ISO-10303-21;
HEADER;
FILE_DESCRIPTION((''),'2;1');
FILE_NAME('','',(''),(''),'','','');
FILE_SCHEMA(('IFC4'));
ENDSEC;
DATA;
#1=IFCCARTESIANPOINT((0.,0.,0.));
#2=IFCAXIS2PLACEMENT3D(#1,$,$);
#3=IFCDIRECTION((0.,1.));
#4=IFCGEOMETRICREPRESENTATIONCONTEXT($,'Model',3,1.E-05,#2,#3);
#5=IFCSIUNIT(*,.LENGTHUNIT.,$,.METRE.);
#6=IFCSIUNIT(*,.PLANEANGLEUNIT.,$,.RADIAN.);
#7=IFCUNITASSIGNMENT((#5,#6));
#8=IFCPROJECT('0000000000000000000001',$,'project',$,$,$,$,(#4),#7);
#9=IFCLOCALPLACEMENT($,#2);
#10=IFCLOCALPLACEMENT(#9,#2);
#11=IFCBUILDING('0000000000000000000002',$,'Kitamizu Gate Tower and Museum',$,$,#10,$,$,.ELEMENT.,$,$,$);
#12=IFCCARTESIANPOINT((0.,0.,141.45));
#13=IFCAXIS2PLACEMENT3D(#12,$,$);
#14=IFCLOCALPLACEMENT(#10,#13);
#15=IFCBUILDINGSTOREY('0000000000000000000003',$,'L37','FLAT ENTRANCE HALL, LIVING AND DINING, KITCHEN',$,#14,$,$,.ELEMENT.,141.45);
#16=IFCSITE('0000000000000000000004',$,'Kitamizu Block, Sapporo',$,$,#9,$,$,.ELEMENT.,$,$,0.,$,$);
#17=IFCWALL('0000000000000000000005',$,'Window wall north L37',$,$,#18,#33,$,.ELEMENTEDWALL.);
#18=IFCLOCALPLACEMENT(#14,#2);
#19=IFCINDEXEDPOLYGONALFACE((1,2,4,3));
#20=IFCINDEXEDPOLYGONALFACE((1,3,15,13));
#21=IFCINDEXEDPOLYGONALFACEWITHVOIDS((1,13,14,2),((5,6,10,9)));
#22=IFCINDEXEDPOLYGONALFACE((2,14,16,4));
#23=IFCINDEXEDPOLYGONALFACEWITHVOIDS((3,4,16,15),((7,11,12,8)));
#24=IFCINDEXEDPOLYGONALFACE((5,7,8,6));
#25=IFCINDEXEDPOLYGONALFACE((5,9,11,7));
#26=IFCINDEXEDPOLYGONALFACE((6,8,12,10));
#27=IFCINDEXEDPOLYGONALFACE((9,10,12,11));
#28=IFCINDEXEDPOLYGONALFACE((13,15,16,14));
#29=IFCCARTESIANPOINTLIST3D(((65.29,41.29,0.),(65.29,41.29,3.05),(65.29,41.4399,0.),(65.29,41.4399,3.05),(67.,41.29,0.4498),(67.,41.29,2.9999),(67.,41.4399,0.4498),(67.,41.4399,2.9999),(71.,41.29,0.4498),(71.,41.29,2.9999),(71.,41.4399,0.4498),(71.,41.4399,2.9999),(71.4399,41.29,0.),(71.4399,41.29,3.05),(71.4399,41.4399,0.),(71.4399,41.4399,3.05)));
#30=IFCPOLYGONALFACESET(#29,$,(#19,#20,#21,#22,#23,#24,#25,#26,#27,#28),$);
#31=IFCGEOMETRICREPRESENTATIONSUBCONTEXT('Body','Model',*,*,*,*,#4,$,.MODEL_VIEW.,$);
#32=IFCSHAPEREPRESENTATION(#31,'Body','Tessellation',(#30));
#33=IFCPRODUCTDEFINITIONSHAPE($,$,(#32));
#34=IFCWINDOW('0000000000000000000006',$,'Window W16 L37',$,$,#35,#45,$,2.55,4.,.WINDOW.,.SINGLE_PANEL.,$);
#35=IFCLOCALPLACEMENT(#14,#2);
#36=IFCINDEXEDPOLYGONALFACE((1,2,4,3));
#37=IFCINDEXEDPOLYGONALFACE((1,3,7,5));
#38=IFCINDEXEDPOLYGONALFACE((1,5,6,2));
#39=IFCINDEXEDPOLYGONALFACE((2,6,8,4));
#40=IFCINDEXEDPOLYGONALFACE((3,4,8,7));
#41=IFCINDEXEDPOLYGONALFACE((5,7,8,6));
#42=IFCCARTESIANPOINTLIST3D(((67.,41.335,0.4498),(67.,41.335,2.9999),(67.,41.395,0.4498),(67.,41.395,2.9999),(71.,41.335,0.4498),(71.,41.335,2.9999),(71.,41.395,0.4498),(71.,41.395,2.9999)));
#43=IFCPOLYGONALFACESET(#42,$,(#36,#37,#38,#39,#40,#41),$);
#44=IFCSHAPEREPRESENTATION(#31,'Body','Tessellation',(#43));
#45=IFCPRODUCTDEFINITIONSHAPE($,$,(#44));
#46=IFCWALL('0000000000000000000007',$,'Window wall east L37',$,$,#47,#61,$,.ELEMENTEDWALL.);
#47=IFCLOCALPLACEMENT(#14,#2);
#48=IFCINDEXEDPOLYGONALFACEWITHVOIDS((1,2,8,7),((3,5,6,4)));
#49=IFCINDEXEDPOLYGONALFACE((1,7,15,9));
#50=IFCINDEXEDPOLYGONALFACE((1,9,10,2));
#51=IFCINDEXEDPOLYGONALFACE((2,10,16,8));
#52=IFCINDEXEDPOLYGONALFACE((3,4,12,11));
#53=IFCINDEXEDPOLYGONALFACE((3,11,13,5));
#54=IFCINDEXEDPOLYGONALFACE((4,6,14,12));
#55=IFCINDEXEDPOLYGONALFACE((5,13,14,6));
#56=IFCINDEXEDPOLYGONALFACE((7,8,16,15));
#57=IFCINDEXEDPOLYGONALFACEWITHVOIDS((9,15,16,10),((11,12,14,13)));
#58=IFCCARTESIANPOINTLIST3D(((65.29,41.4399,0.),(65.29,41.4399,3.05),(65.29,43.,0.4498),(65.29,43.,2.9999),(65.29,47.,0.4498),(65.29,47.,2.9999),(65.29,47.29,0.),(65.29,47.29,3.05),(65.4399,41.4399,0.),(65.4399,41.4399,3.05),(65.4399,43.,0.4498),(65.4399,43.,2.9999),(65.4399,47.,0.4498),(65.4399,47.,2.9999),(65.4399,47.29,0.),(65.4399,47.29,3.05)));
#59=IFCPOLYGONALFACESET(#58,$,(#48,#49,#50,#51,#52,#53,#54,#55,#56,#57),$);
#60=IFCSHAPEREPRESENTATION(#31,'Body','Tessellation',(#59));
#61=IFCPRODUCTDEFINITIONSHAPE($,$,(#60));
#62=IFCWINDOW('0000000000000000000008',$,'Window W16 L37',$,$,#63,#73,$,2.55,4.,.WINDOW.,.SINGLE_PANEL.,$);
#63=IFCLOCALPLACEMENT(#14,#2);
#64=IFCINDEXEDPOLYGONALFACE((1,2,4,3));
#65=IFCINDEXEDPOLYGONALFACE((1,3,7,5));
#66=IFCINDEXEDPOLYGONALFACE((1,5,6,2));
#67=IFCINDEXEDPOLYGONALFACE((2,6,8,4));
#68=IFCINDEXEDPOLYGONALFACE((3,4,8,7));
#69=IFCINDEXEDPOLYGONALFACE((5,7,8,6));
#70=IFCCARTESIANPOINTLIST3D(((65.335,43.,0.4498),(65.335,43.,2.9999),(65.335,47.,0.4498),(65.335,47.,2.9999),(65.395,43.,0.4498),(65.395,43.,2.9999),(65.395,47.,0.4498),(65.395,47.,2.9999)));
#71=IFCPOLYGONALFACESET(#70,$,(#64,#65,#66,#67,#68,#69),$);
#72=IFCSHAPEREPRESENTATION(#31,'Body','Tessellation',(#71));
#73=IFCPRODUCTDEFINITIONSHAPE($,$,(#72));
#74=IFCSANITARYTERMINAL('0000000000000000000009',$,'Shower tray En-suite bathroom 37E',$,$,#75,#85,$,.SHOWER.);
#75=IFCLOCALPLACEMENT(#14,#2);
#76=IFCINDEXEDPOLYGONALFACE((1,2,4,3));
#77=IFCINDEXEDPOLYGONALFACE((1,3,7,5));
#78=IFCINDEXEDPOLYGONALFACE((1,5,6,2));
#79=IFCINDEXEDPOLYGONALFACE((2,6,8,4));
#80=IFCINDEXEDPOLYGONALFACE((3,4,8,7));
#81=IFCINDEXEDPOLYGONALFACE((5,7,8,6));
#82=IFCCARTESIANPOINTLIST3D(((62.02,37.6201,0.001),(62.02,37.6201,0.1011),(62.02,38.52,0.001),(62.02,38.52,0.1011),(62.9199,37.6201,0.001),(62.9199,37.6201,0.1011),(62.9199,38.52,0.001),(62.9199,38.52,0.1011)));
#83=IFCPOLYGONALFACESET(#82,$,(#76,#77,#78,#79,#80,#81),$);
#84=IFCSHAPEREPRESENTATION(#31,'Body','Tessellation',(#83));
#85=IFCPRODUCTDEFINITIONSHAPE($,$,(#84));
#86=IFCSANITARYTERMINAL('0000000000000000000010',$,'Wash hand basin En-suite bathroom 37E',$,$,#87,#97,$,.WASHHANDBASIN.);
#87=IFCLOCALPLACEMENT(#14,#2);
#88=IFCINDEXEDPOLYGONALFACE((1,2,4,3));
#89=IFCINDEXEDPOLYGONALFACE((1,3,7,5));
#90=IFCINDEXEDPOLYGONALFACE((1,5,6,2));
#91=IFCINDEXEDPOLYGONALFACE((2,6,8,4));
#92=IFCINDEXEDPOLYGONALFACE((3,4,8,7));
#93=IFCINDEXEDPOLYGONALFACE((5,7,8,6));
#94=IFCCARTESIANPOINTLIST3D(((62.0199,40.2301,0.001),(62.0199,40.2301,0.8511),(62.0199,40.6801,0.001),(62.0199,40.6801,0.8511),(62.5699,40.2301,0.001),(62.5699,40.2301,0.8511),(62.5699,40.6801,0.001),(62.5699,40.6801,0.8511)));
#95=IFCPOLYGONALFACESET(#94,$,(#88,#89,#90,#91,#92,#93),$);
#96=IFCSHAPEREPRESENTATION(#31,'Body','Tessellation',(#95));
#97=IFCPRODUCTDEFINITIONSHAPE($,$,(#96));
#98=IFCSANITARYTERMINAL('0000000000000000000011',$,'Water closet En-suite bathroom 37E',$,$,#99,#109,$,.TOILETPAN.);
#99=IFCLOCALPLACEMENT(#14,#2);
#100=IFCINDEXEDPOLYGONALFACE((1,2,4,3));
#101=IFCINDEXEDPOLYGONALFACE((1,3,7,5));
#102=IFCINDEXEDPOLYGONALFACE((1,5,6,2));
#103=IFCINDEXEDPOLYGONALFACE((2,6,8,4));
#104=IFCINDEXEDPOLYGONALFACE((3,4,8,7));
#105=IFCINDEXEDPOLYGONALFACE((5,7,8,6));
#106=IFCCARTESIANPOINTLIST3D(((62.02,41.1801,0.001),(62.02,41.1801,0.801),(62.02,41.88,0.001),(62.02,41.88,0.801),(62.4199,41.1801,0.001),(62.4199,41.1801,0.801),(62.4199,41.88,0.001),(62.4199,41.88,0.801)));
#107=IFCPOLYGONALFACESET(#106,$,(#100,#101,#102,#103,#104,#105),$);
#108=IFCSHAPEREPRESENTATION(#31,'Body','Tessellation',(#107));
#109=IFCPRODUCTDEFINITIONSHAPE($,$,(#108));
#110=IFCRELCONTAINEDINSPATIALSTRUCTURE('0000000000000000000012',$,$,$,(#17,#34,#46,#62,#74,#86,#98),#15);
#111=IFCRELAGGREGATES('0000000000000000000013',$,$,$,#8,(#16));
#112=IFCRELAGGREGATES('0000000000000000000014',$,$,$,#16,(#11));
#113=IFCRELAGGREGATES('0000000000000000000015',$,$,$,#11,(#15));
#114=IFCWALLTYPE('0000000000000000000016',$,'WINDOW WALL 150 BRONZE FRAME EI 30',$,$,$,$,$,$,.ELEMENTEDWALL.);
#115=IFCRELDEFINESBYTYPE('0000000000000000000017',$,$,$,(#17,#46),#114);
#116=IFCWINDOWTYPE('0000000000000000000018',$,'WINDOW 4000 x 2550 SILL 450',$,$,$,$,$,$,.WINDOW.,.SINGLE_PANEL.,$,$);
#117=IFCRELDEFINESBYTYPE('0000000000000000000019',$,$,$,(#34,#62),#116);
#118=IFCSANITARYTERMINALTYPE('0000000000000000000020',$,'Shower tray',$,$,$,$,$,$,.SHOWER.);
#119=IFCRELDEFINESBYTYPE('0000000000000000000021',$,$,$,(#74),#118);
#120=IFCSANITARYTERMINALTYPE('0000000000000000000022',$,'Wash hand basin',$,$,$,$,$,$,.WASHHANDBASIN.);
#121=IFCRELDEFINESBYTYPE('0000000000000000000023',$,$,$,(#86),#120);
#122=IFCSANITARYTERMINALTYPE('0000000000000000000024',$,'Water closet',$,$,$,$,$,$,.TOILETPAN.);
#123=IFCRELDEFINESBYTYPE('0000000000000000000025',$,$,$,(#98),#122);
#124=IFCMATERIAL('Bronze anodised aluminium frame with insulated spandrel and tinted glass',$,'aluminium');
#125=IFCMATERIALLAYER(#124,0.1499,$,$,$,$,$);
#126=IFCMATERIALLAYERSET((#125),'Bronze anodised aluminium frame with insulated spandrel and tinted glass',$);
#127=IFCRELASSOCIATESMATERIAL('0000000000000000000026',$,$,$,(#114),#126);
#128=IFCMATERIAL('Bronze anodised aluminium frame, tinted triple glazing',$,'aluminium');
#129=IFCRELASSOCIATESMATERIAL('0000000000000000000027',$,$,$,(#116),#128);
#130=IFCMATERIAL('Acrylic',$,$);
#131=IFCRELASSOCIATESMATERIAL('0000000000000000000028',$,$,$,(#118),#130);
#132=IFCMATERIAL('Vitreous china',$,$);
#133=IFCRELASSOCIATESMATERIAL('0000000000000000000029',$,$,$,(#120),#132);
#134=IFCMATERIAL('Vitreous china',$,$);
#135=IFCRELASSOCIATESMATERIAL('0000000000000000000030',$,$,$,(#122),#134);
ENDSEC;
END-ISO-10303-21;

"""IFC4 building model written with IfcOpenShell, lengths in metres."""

from ifc_helpers import new_model, si_unit, direction, frame, frame_2d, origin, origin_2d, place, context, subcontext, project, spatial, rectangle, extrude, material, layer, layer_set, type_object, element, fill, save


model = new_model("IFC4")

# Units and contexts
model_context = context("Model", 3, precision=1e-05, world=origin(), true_north=direction((0.0, 1.0)))
body_context = subcontext(model_context, "Body", "Model", "MODEL_VIEW")
ifc_project = project(units=[si_unit("LENGTHUNIT", "METRE"), si_unit("PLANEANGLEUNIT", "RADIAN")], contexts=[model_context])

# Site, building, storey
site_placement = place(None, origin())
site = spatial("IfcSite", under=ifc_project, at=site_placement, Name="Kitamizu Block, Sapporo", CompositionType="ELEMENT", RefElevation=0.0)
building_placement = place(site_placement, origin())
building = spatial("IfcBuilding", under=site, at=building_placement, Name="Kitamizu Gate Tower and Museum", CompositionType="ELEMENT")
storey_placement = place(building_placement, frame((0.0, 0.0, 141.45)))
storey = spatial("IfcBuildingStorey", under=building, at=storey_placement, Name="L37", Description="FLAT ENTRANCE HALL, LIVING AND DINING, KITCHEN", CompositionType="ELEMENT", Elevation=141.45)

# Walls, openings, windows
ifc_material_1 = material(Name="Bronze anodised aluminium frame with insulated spandrel and tinted glass", Category="aluminium")
ifc_layer_1 = layer(ifc_material_1, 0.1499)
ifc_layer_set_1 = layer_set([ifc_layer_1], Name="Bronze anodised aluminium frame with insulated spandrel and tinted glass")
wall_type_1 = type_object("IfcWallType", Name="WINDOW WALL 150 BRONZE FRAME EI 30", PredefinedType="ELEMENTEDWALL", material=ifc_layer_set_1)
wall_1_placement = place(storey_placement, frame((65.29, 41.365, 0.0), z_axis=(0.0, 0.0, 1.0), x_axis=(1.0, 0.0, 0.0)))
wall_1 = element("IfcWall", 1, at=wall_1_placement, inside=storey, type_object=wall_type_1, Name="Window wall north L37", PredefinedType="ELEMENTEDWALL", context=body_context, shape_type="SweptSolid", body=[
    extrude(rectangle(XDim=6.1499, YDim=0.1499, at=frame_2d((3.075, 0.0))), origin(), (0.0, 0.0, 1.0), 3.05),
])
opening_1_placement = place(wall_1_placement, frame((1.71, 0.0, 0.45)))
opening_1 = element("IfcOpeningElement", 2, at=opening_1_placement, cuts=wall_1, PredefinedType="OPENING", context=body_context, shape_type="SweptSolid", body=[
    extrude(rectangle(XDim=4.0, YDim=2.55, at=frame_2d((2.0, 1.2749))), frame((0.0, 0.085, 0.0), z_axis=(0.0, -1.0, 0.0), x_axis=(1.0, 0.0, 0.0)), (0.0, 0.0, 1.0), 0.1699),
])
ifc_material_2 = material(Name="Bronze anodised aluminium frame, tinted triple glazing", Category="aluminium")
window_type = type_object("IfcWindowType", Name="WINDOW 4000 x 2550 SILL 450", PartitioningType="SINGLE_PANEL", PredefinedType="WINDOW", material=ifc_material_2)
window_1_placement = place(opening_1_placement, origin())
window_1 = element("IfcWindow", 3, at=window_1_placement, inside=storey, type_object=window_type, Name="Window W16 L37", OverallHeight=2.55, OverallWidth=4.0, PartitioningType="SINGLE_PANEL", PredefinedType="WINDOW", context=body_context, shape_type="SweptSolid", body=[
    extrude(rectangle(XDim=4.0, YDim=2.55, at=frame_2d((2.0, 1.2749))), frame((0.0, 0.03, 0.0), z_axis=(0.0, -1.0, 0.0), x_axis=(1.0, 0.0, 0.0)), (0.0, 0.0, 1.0), 0.0601),
])
fill(opening_1, window_1)
wall_2_placement = place(storey_placement, frame((65.365, 41.4399, 0.0), z_axis=(0.0, 0.0, 1.0), x_axis=(0.0, 1.0, 0.0)))
wall_2 = element("IfcWall", 4, at=wall_2_placement, inside=storey, type_object=wall_type_1, Name="Window wall east L37", PredefinedType="ELEMENTEDWALL", context=body_context, shape_type="SweptSolid", body=[
    extrude(rectangle(XDim=5.8501, YDim=0.1499, at=frame_2d((2.925, 0.0))), origin(), (0.0, 0.0, 1.0), 3.05),
])
opening_2_placement = place(wall_2_placement, frame((1.5601, 0.0, 0.45)))
opening_2 = element("IfcOpeningElement", 5, at=opening_2_placement, cuts=wall_2, PredefinedType="OPENING", context=body_context, shape_type="SweptSolid", body=[
    extrude(rectangle(XDim=4.0, YDim=2.55, at=frame_2d((2.0, 1.2749))), frame((0.0, 0.085, 0.0), z_axis=(0.0, -1.0, 0.0), x_axis=(1.0, 0.0, 0.0)), (0.0, 0.0, 1.0), 0.1699),
])
window_2_placement = place(opening_2_placement, origin())
window_2 = element("IfcWindow", 6, at=window_2_placement, inside=storey, type_object=window_type, Name="Window W16 L37", OverallHeight=2.55, OverallWidth=4.0, PartitioningType="SINGLE_PANEL", PredefinedType="WINDOW", context=body_context, shape_type="SweptSolid", body=[
    extrude(rectangle(XDim=4.0, YDim=2.55, at=frame_2d((2.0, 1.2749))), frame((0.0, 0.03, 0.0), z_axis=(0.0, -1.0, 0.0), x_axis=(1.0, 0.0, 0.0)), (0.0, 0.0, 1.0), 0.0601),
])
fill(opening_2, window_2)

# Sanitary terminals
ifc_material_3 = material(Name="Acrylic")
sanitary_terminal_type_1 = type_object("IfcSanitaryTerminalType", Name="Shower tray", PredefinedType="SHOWER", material=ifc_material_3)
sanitary_terminal_1_placement = place(storey_placement, frame((62.47, 38.0701, 0.001), z_axis=(0.0, 0.0, 1.0), x_axis=(1.0, 0.0, 0.0)))
element("IfcSanitaryTerminal", 7, at=sanitary_terminal_1_placement, inside=storey, type_object=sanitary_terminal_type_1, Name="Shower tray En-suite bathroom 37E", PredefinedType="SHOWER", context=body_context, shape_type="SweptSolid", body=[
    extrude(rectangle(XDim=0.8999, YDim=0.8999, at=origin_2d()), origin(), (0.0, 0.0, 1.0), 0.1001),
])
ifc_material_4 = material(Name="Vitreous china")
sanitary_terminal_type_2 = type_object("IfcSanitaryTerminalType", Name="Wash hand basin", PredefinedType="WASHHANDBASIN", material=ifc_material_4)
sanitary_terminal_2_placement = place(storey_placement, frame((62.2949, 40.4551, 0.001), z_axis=(0.0, 0.0, 1.0), x_axis=(1.0, 0.0, 0.0)))
element("IfcSanitaryTerminal", 8, at=sanitary_terminal_2_placement, inside=storey, type_object=sanitary_terminal_type_2, Name="Wash hand basin En-suite bathroom 37E", PredefinedType="WASHHANDBASIN", context=body_context, shape_type="SweptSolid", body=[
    extrude(rectangle(XDim=0.55, YDim=0.45, at=origin_2d()), origin(), (0.0, 0.0, 1.0), 0.8501),
])
ifc_material_5 = material(Name="Vitreous china")
sanitary_terminal_type_3 = type_object("IfcSanitaryTerminalType", Name="Water closet", PredefinedType="TOILETPAN", material=ifc_material_5)
sanitary_terminal_3_placement = place(storey_placement, frame((62.22, 41.53, 0.001), z_axis=(0.0, 0.0, 1.0), x_axis=(1.0, 0.0, 0.0)))
element("IfcSanitaryTerminal", 9, at=sanitary_terminal_3_placement, inside=storey, type_object=sanitary_terminal_type_3, Name="Water closet En-suite bathroom 37E", PredefinedType="TOILETPAN", context=body_context, shape_type="SweptSolid", body=[
    extrude(rectangle(XDim=0.3999, YDim=0.7, at=origin_2d()), origin(), (0.0, 0.0, 1.0), 0.8),
])

save(model, "model.ifc")
